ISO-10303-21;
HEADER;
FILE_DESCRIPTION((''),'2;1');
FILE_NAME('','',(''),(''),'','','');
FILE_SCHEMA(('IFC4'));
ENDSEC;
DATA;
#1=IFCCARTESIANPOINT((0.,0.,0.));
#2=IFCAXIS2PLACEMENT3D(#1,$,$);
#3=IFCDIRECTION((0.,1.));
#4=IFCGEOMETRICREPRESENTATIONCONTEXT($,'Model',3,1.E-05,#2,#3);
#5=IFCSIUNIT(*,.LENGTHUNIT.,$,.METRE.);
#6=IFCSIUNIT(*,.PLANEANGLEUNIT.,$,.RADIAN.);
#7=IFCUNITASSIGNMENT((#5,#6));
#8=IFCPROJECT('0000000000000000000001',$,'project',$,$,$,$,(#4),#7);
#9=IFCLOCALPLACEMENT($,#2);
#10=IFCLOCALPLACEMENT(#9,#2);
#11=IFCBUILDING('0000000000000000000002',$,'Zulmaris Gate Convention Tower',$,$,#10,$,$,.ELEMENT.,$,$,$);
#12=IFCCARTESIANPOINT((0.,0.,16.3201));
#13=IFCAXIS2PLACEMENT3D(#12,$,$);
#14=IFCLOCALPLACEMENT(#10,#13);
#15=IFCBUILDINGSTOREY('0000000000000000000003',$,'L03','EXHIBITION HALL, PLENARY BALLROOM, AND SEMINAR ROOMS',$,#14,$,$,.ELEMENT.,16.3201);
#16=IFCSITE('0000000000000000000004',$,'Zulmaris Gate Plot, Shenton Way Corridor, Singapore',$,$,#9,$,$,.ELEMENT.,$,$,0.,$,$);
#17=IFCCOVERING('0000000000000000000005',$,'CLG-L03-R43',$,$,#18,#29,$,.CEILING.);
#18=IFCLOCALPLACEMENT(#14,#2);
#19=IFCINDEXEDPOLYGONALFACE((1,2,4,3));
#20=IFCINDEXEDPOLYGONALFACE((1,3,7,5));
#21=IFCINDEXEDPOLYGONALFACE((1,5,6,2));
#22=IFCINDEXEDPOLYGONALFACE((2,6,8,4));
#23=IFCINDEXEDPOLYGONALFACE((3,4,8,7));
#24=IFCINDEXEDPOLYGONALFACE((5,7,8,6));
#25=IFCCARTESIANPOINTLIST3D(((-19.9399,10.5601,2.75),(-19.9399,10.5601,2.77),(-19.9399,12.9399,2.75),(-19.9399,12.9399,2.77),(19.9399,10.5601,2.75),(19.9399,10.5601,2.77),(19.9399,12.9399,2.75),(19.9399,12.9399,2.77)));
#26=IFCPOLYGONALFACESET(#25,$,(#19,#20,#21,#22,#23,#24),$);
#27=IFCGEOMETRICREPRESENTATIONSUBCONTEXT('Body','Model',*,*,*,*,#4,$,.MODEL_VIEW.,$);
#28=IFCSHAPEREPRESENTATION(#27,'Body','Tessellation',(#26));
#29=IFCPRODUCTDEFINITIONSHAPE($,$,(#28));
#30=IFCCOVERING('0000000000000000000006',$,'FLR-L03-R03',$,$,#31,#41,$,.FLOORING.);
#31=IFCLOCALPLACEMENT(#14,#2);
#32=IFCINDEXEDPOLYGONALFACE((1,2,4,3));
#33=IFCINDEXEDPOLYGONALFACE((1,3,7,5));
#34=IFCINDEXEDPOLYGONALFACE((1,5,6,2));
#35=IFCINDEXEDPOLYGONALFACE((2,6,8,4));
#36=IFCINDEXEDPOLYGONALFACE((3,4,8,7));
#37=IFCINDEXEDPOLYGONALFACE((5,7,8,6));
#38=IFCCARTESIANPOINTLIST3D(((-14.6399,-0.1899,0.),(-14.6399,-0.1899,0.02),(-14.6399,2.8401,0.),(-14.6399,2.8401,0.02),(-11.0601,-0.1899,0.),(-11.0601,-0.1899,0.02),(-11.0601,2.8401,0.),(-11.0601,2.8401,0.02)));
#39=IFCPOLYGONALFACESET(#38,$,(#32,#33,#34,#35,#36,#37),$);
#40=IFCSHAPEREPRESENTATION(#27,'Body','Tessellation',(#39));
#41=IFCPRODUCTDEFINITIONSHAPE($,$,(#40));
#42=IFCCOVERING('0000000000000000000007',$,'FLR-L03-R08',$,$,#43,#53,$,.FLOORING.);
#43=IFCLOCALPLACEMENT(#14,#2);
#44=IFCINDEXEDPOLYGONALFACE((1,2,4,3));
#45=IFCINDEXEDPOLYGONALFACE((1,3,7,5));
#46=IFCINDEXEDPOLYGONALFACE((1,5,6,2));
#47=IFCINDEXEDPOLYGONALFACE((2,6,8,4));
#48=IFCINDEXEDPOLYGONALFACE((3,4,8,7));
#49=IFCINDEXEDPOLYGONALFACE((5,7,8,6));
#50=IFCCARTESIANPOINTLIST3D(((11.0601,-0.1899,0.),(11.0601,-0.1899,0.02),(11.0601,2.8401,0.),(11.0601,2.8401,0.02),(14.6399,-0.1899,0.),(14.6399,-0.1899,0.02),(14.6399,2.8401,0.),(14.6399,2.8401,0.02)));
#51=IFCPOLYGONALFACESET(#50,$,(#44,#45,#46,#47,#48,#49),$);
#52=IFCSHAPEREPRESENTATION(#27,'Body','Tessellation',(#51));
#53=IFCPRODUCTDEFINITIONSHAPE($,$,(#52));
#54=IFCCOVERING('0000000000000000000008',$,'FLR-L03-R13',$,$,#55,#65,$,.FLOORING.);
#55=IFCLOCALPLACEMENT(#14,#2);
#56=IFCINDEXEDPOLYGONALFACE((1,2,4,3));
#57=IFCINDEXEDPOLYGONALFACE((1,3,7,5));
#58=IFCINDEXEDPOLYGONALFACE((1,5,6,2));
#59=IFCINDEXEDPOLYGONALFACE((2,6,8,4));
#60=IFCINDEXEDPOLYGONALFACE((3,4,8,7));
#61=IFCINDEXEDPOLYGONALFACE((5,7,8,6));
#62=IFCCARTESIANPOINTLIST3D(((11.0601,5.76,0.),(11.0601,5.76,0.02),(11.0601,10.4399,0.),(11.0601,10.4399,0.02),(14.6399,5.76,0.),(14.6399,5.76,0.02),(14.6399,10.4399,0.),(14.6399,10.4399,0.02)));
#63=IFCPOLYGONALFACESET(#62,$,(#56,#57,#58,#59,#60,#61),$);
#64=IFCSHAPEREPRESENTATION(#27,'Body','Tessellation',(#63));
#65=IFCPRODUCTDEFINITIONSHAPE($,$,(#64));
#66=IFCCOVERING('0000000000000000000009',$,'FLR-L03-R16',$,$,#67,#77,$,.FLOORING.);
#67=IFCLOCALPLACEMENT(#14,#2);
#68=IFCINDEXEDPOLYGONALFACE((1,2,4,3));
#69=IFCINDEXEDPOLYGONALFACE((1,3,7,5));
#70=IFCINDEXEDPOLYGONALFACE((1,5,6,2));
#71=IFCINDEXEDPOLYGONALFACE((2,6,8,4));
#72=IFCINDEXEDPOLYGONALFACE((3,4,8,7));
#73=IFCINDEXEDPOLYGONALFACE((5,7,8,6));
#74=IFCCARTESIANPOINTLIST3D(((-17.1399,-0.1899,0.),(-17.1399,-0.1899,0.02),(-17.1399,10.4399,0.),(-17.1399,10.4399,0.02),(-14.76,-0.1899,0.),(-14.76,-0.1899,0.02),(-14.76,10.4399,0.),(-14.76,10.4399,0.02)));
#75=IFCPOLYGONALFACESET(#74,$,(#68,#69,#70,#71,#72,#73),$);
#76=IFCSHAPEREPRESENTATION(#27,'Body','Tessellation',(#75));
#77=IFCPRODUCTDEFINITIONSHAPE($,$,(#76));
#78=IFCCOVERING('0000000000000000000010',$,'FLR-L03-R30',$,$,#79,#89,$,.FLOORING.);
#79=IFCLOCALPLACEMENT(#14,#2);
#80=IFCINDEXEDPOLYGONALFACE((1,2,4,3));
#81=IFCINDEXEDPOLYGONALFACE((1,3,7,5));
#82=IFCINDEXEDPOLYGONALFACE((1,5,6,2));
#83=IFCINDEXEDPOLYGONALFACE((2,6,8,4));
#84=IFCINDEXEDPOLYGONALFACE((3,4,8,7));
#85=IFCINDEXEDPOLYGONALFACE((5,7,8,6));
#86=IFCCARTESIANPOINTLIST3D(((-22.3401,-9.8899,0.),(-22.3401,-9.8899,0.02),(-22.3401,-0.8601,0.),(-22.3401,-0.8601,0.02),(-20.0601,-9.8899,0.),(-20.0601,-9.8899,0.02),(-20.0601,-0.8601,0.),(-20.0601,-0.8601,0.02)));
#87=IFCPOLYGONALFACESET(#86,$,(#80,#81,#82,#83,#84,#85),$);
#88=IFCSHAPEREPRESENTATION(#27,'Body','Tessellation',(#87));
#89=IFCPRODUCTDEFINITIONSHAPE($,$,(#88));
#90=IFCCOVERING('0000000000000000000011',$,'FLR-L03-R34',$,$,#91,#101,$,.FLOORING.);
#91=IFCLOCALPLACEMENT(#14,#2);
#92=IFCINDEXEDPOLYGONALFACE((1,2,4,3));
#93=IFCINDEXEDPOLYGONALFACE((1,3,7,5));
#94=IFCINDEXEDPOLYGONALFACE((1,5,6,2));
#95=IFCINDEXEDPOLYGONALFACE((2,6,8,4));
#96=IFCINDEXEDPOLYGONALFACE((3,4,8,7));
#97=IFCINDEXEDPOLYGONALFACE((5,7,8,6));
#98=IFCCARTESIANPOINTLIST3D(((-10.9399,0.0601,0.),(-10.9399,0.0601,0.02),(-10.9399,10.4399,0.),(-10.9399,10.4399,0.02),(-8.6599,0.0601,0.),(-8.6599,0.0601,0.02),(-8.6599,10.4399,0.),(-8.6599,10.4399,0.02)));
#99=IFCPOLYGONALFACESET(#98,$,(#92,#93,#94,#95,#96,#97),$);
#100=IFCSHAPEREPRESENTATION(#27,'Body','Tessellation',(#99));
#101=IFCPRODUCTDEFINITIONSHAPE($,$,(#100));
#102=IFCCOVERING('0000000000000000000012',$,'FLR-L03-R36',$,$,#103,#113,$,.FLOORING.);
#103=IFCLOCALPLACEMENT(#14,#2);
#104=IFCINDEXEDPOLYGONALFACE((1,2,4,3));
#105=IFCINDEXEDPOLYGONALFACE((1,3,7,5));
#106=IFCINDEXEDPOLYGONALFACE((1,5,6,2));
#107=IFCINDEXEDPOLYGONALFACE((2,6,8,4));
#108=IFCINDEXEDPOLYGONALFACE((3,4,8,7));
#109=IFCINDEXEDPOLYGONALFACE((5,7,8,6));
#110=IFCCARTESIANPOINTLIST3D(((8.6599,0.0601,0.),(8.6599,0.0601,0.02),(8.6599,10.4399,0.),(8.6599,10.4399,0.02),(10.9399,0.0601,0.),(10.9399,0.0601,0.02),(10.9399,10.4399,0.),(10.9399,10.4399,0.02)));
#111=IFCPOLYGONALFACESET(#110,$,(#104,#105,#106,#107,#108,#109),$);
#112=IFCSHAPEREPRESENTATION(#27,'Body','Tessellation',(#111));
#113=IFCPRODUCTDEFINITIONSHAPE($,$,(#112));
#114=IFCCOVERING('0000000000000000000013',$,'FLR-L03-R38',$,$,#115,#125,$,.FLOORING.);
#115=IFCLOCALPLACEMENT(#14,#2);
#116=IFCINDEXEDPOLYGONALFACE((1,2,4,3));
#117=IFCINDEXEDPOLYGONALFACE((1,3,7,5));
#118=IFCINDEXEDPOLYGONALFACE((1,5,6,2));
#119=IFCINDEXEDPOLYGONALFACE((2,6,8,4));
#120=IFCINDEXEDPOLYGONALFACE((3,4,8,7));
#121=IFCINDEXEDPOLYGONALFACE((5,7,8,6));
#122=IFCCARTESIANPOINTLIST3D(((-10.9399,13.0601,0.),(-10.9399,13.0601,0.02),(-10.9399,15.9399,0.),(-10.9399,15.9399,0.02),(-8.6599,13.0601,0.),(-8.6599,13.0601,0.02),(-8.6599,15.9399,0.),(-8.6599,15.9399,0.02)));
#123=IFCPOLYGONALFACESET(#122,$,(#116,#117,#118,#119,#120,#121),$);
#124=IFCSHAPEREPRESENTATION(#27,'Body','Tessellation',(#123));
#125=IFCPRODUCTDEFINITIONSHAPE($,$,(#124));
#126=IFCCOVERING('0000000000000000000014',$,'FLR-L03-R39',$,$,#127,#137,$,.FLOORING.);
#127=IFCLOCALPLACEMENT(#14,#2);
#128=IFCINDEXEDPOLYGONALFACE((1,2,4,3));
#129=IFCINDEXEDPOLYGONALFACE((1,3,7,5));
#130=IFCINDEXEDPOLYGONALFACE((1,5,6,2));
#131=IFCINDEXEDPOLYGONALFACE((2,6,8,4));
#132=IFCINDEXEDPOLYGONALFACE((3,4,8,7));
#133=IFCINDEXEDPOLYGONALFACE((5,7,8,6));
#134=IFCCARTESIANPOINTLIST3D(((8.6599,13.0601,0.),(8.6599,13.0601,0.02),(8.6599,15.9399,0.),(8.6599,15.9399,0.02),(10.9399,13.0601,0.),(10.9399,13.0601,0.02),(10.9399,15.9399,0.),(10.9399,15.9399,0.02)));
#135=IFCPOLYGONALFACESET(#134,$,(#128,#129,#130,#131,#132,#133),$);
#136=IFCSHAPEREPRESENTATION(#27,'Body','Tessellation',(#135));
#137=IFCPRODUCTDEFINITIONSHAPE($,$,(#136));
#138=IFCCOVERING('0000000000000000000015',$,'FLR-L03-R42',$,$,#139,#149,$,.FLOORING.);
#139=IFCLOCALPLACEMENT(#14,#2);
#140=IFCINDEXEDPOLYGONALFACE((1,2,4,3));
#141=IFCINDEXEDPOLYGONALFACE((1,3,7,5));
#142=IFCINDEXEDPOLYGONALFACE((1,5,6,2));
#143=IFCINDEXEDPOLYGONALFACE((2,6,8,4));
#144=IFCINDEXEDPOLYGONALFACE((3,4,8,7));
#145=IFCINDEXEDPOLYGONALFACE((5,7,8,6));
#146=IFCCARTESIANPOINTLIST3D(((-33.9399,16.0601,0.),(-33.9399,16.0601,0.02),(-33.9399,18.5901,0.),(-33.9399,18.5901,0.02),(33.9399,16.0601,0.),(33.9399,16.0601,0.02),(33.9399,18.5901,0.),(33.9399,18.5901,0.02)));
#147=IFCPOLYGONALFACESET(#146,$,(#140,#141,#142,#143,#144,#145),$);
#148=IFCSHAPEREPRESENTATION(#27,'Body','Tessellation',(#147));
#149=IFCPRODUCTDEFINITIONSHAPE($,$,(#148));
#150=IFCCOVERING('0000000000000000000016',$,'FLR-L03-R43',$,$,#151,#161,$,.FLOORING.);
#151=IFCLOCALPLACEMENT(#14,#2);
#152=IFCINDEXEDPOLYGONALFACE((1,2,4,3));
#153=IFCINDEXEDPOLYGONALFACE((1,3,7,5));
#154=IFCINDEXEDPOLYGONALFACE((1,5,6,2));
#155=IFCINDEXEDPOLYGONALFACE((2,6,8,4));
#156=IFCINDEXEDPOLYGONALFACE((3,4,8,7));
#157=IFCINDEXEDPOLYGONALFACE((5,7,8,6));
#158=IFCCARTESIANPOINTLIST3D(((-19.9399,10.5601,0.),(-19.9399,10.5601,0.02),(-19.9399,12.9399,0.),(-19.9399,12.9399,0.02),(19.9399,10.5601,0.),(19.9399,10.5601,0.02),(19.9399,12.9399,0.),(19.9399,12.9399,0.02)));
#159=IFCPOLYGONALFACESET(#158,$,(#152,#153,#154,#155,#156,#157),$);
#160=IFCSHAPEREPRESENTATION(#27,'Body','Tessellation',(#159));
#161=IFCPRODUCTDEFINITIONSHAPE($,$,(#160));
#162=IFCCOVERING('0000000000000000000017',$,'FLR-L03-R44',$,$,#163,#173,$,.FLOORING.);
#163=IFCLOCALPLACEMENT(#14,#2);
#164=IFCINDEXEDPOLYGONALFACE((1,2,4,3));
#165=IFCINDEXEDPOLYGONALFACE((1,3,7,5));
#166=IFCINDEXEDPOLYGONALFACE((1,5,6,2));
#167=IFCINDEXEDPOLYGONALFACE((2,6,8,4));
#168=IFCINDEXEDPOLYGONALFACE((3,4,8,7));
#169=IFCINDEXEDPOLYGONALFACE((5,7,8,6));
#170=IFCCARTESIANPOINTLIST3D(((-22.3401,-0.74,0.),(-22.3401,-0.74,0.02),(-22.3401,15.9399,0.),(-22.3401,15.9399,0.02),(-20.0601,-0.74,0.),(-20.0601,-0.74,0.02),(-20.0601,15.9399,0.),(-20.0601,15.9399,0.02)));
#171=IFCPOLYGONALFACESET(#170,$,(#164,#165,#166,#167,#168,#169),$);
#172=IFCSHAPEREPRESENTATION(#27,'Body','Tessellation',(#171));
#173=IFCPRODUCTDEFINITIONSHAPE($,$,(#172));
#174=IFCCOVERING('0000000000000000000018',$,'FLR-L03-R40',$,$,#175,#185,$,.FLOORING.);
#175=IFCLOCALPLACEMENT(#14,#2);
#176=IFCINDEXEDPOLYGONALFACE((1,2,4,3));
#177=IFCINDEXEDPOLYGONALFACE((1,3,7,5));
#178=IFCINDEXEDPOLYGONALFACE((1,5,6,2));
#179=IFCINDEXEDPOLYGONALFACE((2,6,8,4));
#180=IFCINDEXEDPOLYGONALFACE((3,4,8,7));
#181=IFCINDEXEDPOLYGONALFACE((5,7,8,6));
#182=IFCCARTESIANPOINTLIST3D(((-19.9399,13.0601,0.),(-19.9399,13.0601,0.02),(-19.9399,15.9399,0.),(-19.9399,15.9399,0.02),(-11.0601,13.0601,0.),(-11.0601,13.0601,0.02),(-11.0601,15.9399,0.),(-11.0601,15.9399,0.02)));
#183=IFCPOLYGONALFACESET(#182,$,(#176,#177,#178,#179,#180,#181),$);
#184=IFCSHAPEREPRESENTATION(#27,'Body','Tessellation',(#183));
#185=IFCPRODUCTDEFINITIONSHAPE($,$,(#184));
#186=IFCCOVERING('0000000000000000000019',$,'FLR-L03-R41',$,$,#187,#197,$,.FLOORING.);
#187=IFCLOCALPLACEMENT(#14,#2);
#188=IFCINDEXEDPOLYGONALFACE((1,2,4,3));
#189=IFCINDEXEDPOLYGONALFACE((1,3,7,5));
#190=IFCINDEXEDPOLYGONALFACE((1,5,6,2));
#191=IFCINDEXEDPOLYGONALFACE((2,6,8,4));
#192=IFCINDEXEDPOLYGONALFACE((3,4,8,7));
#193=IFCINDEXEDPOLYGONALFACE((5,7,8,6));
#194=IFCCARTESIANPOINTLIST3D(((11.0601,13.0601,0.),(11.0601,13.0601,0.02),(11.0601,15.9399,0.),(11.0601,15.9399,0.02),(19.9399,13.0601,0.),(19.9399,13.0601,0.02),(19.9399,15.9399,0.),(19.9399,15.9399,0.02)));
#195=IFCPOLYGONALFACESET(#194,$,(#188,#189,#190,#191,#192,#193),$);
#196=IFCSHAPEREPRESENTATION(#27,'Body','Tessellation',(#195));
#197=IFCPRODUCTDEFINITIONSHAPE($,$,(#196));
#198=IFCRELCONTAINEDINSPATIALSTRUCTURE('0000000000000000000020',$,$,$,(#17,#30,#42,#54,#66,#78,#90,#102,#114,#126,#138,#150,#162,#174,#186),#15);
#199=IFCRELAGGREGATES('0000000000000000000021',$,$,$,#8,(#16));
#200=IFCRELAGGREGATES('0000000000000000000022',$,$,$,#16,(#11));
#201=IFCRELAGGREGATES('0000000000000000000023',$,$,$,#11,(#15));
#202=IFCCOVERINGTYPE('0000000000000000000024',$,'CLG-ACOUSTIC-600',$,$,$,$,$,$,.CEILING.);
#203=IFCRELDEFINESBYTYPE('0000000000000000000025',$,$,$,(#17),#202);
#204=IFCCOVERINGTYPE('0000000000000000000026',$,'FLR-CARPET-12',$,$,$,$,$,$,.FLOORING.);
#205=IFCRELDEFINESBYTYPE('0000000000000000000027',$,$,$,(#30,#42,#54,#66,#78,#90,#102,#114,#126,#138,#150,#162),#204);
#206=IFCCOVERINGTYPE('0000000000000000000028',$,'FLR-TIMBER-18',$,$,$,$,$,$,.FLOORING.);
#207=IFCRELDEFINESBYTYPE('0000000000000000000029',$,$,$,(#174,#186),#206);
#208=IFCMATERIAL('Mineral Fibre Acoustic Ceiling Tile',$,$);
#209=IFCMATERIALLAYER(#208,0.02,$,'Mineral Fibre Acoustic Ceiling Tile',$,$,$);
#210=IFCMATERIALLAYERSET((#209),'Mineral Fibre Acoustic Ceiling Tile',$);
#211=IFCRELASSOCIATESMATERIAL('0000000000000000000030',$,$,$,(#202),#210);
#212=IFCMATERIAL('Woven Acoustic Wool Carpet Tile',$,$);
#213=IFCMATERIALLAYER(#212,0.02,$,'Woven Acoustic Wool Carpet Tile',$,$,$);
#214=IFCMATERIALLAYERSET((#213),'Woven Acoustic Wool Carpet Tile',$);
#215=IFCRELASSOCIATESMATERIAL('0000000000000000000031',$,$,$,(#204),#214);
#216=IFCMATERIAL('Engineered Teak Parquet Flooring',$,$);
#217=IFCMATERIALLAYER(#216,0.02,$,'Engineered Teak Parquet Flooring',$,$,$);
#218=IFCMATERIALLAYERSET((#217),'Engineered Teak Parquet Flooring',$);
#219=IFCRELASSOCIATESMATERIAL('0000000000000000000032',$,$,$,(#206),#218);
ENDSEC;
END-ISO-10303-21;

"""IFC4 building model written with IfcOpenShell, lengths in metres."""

from ifc_helpers import new_model, si_unit, direction, frame, origin, place, context, subcontext, project, spatial, polyline, outline, extrude, material, layer, layer_set, type_object, element, save


model = new_model("IFC4")

# Units and contexts
model_context = context("Model", 3, precision=1e-05, world=origin(), true_north=direction((0.0, 1.0)))
body_context = subcontext(model_context, "Body", "Model", "MODEL_VIEW")
ifc_project = project(units=[si_unit("LENGTHUNIT", "METRE"), si_unit("PLANEANGLEUNIT", "RADIAN")], contexts=[model_context])

# Site, building, storey
site_placement = place(None, origin())
site = spatial("IfcSite", under=ifc_project, at=site_placement, Name="Zulmaris Gate Plot, Shenton Way Corridor, Singapore", CompositionType="ELEMENT", RefElevation=0.0)
building_placement = place(site_placement, origin())
building = spatial("IfcBuilding", under=site, at=building_placement, Name="Zulmaris Gate Convention Tower", CompositionType="ELEMENT")
storey_placement = place(building_placement, frame((0.0, 0.0, 16.3201)))
storey = spatial("IfcBuildingStorey", under=building, at=storey_placement, Name="L03", Description="EXHIBITION HALL, PLENARY BALLROOM, AND SEMINAR ROOMS", CompositionType="ELEMENT", Elevation=16.3201)

# Coverings
ifc_material_1 = material(Name="Mineral Fibre Acoustic Ceiling Tile")
ifc_layer_1 = layer(ifc_material_1, 0.02, Name="Mineral Fibre Acoustic Ceiling Tile")
ifc_layer_set_1 = layer_set([ifc_layer_1], Name="Mineral Fibre Acoustic Ceiling Tile")
covering_type_1 = type_object("IfcCoveringType", Name="CLG-ACOUSTIC-600", PredefinedType="CEILING", material=ifc_layer_set_1)
covering_1_placement = place(storey_placement, frame((0.0, 0.0, 2.75)))
element("IfcCovering", 1, at=covering_1_placement, inside=storey, type_object=covering_type_1, Name="CLG-L03-R43", PredefinedType="CEILING", context=body_context, shape_type="SweptSolid", body=[
    extrude(outline(polyline([(-19.9399, 10.5601), (19.9399, 10.5601), (19.9399, 12.9399), (-19.9399, 12.9399), (-19.9399, 10.5601)])), origin(), (0.0, 0.0, 1.0), 0.02),
])
ifc_material_2 = material(Name="Woven Acoustic Wool Carpet Tile")
ifc_layer_2 = layer(ifc_material_2, 0.02, Name="Woven Acoustic Wool Carpet Tile")
ifc_layer_set_2 = layer_set([ifc_layer_2], Name="Woven Acoustic Wool Carpet Tile")
covering_type_2 = type_object("IfcCoveringType", Name="FLR-CARPET-12", PredefinedType="FLOORING", material=ifc_layer_set_2)
covering_2_placement = place(storey_placement, origin())
element("IfcCovering", 2, at=covering_2_placement, inside=storey, type_object=covering_type_2, Name="FLR-L03-R03", PredefinedType="FLOORING", context=body_context, shape_type="SweptSolid", body=[
    extrude(outline(polyline([(-14.6399, -0.1899), (-11.0601, -0.1899), (-11.0601, 2.8401), (-14.6399, 2.8401), (-14.6399, -0.1899)])), origin(), (0.0, 0.0, 1.0), 0.02),
])
covering_3_placement = place(storey_placement, origin())
element("IfcCovering", 3, at=covering_3_placement, inside=storey, type_object=covering_type_2, Name="FLR-L03-R08", PredefinedType="FLOORING", context=body_context, shape_type="SweptSolid", body=[
    extrude(outline(polyline([(11.0601, -0.1899), (14.6399, -0.1899), (14.6399, 2.8401), (11.0601, 2.8401), (11.0601, -0.1899)])), origin(), (0.0, 0.0, 1.0), 0.02),
])
covering_4_placement = place(storey_placement, origin())
element("IfcCovering", 4, at=covering_4_placement, inside=storey, type_object=covering_type_2, Name="FLR-L03-R13", PredefinedType="FLOORING", context=body_context, shape_type="SweptSolid", body=[
    extrude(outline(polyline([(11.0601, 5.76), (14.6399, 5.76), (14.6399, 10.4399), (11.0601, 10.4399), (11.0601, 5.76)])), origin(), (0.0, 0.0, 1.0), 0.02),
])
covering_5_placement = place(storey_placement, origin())
element("IfcCovering", 5, at=covering_5_placement, inside=storey, type_object=covering_type_2, Name="FLR-L03-R16", PredefinedType="FLOORING", context=body_context, shape_type="SweptSolid", body=[
    extrude(outline(polyline([(-17.1399, -0.1899), (-14.76, -0.1899), (-14.76, 10.4399), (-17.1399, 10.4399), (-17.1399, -0.1899)])), origin(), (0.0, 0.0, 1.0), 0.02),
])
covering_6_placement = place(storey_placement, origin())
element("IfcCovering", 6, at=covering_6_placement, inside=storey, type_object=covering_type_2, Name="FLR-L03-R30", PredefinedType="FLOORING", context=body_context, shape_type="SweptSolid", body=[
    extrude(outline(polyline([(-22.3401, -9.8899), (-20.0601, -9.8899), (-20.0601, -0.8601), (-22.3401, -0.8601), (-22.3401, -9.8899)])), origin(), (0.0, 0.0, 1.0), 0.02),
])
covering_7_placement = place(storey_placement, origin())
element("IfcCovering", 7, at=covering_7_placement, inside=storey, type_object=covering_type_2, Name="FLR-L03-R34", PredefinedType="FLOORING", context=body_context, shape_type="SweptSolid", body=[
    extrude(outline(polyline([(-10.9399, 0.0601), (-8.6599, 0.0601), (-8.6599, 10.4399), (-10.9399, 10.4399), (-10.9399, 0.0601)])), origin(), (0.0, 0.0, 1.0), 0.02),
])
covering_8_placement = place(storey_placement, origin())
element("IfcCovering", 8, at=covering_8_placement, inside=storey, type_object=covering_type_2, Name="FLR-L03-R36", PredefinedType="FLOORING", context=body_context, shape_type="SweptSolid", body=[
    extrude(outline(polyline([(8.6599, 0.0601), (10.9399, 0.0601), (10.9399, 10.4399), (8.6599, 10.4399), (8.6599, 0.0601)])), origin(), (0.0, 0.0, 1.0), 0.02),
])
covering_9_placement = place(storey_placement, origin())
element("IfcCovering", 9, at=covering_9_placement, inside=storey, type_object=covering_type_2, Name="FLR-L03-R38", PredefinedType="FLOORING", context=body_context, shape_type="SweptSolid", body=[
    extrude(outline(polyline([(-10.9399, 13.0601), (-8.6599, 13.0601), (-8.6599, 15.9399), (-10.9399, 15.9399), (-10.9399, 13.0601)])), origin(), (0.0, 0.0, 1.0), 0.02),
])
covering_10_placement = place(storey_placement, origin())
element("IfcCovering", 10, at=covering_10_placement, inside=storey, type_object=covering_type_2, Name="FLR-L03-R39", PredefinedType="FLOORING", context=body_context, shape_type="SweptSolid", body=[
    extrude(outline(polyline([(8.6599, 13.0601), (10.9399, 13.0601), (10.9399, 15.9399), (8.6599, 15.9399), (8.6599, 13.0601)])), origin(), (0.0, 0.0, 1.0), 0.02),
])
covering_11_placement = place(storey_placement, origin())
element("IfcCovering", 11, at=covering_11_placement, inside=storey, type_object=covering_type_2, Name="FLR-L03-R42", PredefinedType="FLOORING", context=body_context, shape_type="SweptSolid", body=[
    extrude(outline(polyline([(-33.9399, 16.0601), (33.9399, 16.0601), (33.9399, 18.5901), (-33.9399, 18.5901), (-33.9399, 16.0601)])), origin(), (0.0, 0.0, 1.0), 0.02),
])
covering_12_placement = place(storey_placement, origin())
element("IfcCovering", 12, at=covering_12_placement, inside=storey, type_object=covering_type_2, Name="FLR-L03-R43", PredefinedType="FLOORING", context=body_context, shape_type="SweptSolid", body=[
    extrude(outline(polyline([(-19.9399, 10.5601), (19.9399, 10.5601), (19.9399, 12.9399), (-19.9399, 12.9399), (-19.9399, 10.5601)])), origin(), (0.0, 0.0, 1.0), 0.02),
])
covering_13_placement = place(storey_placement, origin())
element("IfcCovering", 13, at=covering_13_placement, inside=storey, type_object=covering_type_2, Name="FLR-L03-R44", PredefinedType="FLOORING", context=body_context, shape_type="SweptSolid", body=[
    extrude(outline(polyline([(-22.3401, -0.74), (-20.0601, -0.74), (-20.0601, 15.9399), (-22.3401, 15.9399), (-22.3401, -0.74)])), origin(), (0.0, 0.0, 1.0), 0.02),
])
ifc_material_3 = material(Name="Engineered Teak Parquet Flooring")
ifc_layer_3 = layer(ifc_material_3, 0.02, Name="Engineered Teak Parquet Flooring")
ifc_layer_set_3 = layer_set([ifc_layer_3], Name="Engineered Teak Parquet Flooring")
covering_type_3 = type_object("IfcCoveringType", Name="FLR-TIMBER-18", PredefinedType="FLOORING", material=ifc_layer_set_3)
covering_14_placement = place(storey_placement, origin())
element("IfcCovering", 14, at=covering_14_placement, inside=storey, type_object=covering_type_3, Name="FLR-L03-R40", PredefinedType="FLOORING", context=body_context, shape_type="SweptSolid", body=[
    extrude(outline(polyline([(-19.9399, 13.0601), (-11.0601, 13.0601), (-11.0601, 15.9399), (-19.9399, 15.9399), (-19.9399, 13.0601)])), origin(), (0.0, 0.0, 1.0), 0.02),
])
covering_15_placement = place(storey_placement, origin())
element("IfcCovering", 15, at=covering_15_placement, inside=storey, type_object=covering_type_3, Name="FLR-L03-R41", PredefinedType="FLOORING", context=body_context, shape_type="SweptSolid", body=[
    extrude(outline(polyline([(11.0601, 13.0601), (19.9399, 13.0601), (19.9399, 15.9399), (11.0601, 15.9399), (11.0601, 13.0601)])), origin(), (0.0, 0.0, 1.0), 0.02),
])

save(model, "model.ifc")
